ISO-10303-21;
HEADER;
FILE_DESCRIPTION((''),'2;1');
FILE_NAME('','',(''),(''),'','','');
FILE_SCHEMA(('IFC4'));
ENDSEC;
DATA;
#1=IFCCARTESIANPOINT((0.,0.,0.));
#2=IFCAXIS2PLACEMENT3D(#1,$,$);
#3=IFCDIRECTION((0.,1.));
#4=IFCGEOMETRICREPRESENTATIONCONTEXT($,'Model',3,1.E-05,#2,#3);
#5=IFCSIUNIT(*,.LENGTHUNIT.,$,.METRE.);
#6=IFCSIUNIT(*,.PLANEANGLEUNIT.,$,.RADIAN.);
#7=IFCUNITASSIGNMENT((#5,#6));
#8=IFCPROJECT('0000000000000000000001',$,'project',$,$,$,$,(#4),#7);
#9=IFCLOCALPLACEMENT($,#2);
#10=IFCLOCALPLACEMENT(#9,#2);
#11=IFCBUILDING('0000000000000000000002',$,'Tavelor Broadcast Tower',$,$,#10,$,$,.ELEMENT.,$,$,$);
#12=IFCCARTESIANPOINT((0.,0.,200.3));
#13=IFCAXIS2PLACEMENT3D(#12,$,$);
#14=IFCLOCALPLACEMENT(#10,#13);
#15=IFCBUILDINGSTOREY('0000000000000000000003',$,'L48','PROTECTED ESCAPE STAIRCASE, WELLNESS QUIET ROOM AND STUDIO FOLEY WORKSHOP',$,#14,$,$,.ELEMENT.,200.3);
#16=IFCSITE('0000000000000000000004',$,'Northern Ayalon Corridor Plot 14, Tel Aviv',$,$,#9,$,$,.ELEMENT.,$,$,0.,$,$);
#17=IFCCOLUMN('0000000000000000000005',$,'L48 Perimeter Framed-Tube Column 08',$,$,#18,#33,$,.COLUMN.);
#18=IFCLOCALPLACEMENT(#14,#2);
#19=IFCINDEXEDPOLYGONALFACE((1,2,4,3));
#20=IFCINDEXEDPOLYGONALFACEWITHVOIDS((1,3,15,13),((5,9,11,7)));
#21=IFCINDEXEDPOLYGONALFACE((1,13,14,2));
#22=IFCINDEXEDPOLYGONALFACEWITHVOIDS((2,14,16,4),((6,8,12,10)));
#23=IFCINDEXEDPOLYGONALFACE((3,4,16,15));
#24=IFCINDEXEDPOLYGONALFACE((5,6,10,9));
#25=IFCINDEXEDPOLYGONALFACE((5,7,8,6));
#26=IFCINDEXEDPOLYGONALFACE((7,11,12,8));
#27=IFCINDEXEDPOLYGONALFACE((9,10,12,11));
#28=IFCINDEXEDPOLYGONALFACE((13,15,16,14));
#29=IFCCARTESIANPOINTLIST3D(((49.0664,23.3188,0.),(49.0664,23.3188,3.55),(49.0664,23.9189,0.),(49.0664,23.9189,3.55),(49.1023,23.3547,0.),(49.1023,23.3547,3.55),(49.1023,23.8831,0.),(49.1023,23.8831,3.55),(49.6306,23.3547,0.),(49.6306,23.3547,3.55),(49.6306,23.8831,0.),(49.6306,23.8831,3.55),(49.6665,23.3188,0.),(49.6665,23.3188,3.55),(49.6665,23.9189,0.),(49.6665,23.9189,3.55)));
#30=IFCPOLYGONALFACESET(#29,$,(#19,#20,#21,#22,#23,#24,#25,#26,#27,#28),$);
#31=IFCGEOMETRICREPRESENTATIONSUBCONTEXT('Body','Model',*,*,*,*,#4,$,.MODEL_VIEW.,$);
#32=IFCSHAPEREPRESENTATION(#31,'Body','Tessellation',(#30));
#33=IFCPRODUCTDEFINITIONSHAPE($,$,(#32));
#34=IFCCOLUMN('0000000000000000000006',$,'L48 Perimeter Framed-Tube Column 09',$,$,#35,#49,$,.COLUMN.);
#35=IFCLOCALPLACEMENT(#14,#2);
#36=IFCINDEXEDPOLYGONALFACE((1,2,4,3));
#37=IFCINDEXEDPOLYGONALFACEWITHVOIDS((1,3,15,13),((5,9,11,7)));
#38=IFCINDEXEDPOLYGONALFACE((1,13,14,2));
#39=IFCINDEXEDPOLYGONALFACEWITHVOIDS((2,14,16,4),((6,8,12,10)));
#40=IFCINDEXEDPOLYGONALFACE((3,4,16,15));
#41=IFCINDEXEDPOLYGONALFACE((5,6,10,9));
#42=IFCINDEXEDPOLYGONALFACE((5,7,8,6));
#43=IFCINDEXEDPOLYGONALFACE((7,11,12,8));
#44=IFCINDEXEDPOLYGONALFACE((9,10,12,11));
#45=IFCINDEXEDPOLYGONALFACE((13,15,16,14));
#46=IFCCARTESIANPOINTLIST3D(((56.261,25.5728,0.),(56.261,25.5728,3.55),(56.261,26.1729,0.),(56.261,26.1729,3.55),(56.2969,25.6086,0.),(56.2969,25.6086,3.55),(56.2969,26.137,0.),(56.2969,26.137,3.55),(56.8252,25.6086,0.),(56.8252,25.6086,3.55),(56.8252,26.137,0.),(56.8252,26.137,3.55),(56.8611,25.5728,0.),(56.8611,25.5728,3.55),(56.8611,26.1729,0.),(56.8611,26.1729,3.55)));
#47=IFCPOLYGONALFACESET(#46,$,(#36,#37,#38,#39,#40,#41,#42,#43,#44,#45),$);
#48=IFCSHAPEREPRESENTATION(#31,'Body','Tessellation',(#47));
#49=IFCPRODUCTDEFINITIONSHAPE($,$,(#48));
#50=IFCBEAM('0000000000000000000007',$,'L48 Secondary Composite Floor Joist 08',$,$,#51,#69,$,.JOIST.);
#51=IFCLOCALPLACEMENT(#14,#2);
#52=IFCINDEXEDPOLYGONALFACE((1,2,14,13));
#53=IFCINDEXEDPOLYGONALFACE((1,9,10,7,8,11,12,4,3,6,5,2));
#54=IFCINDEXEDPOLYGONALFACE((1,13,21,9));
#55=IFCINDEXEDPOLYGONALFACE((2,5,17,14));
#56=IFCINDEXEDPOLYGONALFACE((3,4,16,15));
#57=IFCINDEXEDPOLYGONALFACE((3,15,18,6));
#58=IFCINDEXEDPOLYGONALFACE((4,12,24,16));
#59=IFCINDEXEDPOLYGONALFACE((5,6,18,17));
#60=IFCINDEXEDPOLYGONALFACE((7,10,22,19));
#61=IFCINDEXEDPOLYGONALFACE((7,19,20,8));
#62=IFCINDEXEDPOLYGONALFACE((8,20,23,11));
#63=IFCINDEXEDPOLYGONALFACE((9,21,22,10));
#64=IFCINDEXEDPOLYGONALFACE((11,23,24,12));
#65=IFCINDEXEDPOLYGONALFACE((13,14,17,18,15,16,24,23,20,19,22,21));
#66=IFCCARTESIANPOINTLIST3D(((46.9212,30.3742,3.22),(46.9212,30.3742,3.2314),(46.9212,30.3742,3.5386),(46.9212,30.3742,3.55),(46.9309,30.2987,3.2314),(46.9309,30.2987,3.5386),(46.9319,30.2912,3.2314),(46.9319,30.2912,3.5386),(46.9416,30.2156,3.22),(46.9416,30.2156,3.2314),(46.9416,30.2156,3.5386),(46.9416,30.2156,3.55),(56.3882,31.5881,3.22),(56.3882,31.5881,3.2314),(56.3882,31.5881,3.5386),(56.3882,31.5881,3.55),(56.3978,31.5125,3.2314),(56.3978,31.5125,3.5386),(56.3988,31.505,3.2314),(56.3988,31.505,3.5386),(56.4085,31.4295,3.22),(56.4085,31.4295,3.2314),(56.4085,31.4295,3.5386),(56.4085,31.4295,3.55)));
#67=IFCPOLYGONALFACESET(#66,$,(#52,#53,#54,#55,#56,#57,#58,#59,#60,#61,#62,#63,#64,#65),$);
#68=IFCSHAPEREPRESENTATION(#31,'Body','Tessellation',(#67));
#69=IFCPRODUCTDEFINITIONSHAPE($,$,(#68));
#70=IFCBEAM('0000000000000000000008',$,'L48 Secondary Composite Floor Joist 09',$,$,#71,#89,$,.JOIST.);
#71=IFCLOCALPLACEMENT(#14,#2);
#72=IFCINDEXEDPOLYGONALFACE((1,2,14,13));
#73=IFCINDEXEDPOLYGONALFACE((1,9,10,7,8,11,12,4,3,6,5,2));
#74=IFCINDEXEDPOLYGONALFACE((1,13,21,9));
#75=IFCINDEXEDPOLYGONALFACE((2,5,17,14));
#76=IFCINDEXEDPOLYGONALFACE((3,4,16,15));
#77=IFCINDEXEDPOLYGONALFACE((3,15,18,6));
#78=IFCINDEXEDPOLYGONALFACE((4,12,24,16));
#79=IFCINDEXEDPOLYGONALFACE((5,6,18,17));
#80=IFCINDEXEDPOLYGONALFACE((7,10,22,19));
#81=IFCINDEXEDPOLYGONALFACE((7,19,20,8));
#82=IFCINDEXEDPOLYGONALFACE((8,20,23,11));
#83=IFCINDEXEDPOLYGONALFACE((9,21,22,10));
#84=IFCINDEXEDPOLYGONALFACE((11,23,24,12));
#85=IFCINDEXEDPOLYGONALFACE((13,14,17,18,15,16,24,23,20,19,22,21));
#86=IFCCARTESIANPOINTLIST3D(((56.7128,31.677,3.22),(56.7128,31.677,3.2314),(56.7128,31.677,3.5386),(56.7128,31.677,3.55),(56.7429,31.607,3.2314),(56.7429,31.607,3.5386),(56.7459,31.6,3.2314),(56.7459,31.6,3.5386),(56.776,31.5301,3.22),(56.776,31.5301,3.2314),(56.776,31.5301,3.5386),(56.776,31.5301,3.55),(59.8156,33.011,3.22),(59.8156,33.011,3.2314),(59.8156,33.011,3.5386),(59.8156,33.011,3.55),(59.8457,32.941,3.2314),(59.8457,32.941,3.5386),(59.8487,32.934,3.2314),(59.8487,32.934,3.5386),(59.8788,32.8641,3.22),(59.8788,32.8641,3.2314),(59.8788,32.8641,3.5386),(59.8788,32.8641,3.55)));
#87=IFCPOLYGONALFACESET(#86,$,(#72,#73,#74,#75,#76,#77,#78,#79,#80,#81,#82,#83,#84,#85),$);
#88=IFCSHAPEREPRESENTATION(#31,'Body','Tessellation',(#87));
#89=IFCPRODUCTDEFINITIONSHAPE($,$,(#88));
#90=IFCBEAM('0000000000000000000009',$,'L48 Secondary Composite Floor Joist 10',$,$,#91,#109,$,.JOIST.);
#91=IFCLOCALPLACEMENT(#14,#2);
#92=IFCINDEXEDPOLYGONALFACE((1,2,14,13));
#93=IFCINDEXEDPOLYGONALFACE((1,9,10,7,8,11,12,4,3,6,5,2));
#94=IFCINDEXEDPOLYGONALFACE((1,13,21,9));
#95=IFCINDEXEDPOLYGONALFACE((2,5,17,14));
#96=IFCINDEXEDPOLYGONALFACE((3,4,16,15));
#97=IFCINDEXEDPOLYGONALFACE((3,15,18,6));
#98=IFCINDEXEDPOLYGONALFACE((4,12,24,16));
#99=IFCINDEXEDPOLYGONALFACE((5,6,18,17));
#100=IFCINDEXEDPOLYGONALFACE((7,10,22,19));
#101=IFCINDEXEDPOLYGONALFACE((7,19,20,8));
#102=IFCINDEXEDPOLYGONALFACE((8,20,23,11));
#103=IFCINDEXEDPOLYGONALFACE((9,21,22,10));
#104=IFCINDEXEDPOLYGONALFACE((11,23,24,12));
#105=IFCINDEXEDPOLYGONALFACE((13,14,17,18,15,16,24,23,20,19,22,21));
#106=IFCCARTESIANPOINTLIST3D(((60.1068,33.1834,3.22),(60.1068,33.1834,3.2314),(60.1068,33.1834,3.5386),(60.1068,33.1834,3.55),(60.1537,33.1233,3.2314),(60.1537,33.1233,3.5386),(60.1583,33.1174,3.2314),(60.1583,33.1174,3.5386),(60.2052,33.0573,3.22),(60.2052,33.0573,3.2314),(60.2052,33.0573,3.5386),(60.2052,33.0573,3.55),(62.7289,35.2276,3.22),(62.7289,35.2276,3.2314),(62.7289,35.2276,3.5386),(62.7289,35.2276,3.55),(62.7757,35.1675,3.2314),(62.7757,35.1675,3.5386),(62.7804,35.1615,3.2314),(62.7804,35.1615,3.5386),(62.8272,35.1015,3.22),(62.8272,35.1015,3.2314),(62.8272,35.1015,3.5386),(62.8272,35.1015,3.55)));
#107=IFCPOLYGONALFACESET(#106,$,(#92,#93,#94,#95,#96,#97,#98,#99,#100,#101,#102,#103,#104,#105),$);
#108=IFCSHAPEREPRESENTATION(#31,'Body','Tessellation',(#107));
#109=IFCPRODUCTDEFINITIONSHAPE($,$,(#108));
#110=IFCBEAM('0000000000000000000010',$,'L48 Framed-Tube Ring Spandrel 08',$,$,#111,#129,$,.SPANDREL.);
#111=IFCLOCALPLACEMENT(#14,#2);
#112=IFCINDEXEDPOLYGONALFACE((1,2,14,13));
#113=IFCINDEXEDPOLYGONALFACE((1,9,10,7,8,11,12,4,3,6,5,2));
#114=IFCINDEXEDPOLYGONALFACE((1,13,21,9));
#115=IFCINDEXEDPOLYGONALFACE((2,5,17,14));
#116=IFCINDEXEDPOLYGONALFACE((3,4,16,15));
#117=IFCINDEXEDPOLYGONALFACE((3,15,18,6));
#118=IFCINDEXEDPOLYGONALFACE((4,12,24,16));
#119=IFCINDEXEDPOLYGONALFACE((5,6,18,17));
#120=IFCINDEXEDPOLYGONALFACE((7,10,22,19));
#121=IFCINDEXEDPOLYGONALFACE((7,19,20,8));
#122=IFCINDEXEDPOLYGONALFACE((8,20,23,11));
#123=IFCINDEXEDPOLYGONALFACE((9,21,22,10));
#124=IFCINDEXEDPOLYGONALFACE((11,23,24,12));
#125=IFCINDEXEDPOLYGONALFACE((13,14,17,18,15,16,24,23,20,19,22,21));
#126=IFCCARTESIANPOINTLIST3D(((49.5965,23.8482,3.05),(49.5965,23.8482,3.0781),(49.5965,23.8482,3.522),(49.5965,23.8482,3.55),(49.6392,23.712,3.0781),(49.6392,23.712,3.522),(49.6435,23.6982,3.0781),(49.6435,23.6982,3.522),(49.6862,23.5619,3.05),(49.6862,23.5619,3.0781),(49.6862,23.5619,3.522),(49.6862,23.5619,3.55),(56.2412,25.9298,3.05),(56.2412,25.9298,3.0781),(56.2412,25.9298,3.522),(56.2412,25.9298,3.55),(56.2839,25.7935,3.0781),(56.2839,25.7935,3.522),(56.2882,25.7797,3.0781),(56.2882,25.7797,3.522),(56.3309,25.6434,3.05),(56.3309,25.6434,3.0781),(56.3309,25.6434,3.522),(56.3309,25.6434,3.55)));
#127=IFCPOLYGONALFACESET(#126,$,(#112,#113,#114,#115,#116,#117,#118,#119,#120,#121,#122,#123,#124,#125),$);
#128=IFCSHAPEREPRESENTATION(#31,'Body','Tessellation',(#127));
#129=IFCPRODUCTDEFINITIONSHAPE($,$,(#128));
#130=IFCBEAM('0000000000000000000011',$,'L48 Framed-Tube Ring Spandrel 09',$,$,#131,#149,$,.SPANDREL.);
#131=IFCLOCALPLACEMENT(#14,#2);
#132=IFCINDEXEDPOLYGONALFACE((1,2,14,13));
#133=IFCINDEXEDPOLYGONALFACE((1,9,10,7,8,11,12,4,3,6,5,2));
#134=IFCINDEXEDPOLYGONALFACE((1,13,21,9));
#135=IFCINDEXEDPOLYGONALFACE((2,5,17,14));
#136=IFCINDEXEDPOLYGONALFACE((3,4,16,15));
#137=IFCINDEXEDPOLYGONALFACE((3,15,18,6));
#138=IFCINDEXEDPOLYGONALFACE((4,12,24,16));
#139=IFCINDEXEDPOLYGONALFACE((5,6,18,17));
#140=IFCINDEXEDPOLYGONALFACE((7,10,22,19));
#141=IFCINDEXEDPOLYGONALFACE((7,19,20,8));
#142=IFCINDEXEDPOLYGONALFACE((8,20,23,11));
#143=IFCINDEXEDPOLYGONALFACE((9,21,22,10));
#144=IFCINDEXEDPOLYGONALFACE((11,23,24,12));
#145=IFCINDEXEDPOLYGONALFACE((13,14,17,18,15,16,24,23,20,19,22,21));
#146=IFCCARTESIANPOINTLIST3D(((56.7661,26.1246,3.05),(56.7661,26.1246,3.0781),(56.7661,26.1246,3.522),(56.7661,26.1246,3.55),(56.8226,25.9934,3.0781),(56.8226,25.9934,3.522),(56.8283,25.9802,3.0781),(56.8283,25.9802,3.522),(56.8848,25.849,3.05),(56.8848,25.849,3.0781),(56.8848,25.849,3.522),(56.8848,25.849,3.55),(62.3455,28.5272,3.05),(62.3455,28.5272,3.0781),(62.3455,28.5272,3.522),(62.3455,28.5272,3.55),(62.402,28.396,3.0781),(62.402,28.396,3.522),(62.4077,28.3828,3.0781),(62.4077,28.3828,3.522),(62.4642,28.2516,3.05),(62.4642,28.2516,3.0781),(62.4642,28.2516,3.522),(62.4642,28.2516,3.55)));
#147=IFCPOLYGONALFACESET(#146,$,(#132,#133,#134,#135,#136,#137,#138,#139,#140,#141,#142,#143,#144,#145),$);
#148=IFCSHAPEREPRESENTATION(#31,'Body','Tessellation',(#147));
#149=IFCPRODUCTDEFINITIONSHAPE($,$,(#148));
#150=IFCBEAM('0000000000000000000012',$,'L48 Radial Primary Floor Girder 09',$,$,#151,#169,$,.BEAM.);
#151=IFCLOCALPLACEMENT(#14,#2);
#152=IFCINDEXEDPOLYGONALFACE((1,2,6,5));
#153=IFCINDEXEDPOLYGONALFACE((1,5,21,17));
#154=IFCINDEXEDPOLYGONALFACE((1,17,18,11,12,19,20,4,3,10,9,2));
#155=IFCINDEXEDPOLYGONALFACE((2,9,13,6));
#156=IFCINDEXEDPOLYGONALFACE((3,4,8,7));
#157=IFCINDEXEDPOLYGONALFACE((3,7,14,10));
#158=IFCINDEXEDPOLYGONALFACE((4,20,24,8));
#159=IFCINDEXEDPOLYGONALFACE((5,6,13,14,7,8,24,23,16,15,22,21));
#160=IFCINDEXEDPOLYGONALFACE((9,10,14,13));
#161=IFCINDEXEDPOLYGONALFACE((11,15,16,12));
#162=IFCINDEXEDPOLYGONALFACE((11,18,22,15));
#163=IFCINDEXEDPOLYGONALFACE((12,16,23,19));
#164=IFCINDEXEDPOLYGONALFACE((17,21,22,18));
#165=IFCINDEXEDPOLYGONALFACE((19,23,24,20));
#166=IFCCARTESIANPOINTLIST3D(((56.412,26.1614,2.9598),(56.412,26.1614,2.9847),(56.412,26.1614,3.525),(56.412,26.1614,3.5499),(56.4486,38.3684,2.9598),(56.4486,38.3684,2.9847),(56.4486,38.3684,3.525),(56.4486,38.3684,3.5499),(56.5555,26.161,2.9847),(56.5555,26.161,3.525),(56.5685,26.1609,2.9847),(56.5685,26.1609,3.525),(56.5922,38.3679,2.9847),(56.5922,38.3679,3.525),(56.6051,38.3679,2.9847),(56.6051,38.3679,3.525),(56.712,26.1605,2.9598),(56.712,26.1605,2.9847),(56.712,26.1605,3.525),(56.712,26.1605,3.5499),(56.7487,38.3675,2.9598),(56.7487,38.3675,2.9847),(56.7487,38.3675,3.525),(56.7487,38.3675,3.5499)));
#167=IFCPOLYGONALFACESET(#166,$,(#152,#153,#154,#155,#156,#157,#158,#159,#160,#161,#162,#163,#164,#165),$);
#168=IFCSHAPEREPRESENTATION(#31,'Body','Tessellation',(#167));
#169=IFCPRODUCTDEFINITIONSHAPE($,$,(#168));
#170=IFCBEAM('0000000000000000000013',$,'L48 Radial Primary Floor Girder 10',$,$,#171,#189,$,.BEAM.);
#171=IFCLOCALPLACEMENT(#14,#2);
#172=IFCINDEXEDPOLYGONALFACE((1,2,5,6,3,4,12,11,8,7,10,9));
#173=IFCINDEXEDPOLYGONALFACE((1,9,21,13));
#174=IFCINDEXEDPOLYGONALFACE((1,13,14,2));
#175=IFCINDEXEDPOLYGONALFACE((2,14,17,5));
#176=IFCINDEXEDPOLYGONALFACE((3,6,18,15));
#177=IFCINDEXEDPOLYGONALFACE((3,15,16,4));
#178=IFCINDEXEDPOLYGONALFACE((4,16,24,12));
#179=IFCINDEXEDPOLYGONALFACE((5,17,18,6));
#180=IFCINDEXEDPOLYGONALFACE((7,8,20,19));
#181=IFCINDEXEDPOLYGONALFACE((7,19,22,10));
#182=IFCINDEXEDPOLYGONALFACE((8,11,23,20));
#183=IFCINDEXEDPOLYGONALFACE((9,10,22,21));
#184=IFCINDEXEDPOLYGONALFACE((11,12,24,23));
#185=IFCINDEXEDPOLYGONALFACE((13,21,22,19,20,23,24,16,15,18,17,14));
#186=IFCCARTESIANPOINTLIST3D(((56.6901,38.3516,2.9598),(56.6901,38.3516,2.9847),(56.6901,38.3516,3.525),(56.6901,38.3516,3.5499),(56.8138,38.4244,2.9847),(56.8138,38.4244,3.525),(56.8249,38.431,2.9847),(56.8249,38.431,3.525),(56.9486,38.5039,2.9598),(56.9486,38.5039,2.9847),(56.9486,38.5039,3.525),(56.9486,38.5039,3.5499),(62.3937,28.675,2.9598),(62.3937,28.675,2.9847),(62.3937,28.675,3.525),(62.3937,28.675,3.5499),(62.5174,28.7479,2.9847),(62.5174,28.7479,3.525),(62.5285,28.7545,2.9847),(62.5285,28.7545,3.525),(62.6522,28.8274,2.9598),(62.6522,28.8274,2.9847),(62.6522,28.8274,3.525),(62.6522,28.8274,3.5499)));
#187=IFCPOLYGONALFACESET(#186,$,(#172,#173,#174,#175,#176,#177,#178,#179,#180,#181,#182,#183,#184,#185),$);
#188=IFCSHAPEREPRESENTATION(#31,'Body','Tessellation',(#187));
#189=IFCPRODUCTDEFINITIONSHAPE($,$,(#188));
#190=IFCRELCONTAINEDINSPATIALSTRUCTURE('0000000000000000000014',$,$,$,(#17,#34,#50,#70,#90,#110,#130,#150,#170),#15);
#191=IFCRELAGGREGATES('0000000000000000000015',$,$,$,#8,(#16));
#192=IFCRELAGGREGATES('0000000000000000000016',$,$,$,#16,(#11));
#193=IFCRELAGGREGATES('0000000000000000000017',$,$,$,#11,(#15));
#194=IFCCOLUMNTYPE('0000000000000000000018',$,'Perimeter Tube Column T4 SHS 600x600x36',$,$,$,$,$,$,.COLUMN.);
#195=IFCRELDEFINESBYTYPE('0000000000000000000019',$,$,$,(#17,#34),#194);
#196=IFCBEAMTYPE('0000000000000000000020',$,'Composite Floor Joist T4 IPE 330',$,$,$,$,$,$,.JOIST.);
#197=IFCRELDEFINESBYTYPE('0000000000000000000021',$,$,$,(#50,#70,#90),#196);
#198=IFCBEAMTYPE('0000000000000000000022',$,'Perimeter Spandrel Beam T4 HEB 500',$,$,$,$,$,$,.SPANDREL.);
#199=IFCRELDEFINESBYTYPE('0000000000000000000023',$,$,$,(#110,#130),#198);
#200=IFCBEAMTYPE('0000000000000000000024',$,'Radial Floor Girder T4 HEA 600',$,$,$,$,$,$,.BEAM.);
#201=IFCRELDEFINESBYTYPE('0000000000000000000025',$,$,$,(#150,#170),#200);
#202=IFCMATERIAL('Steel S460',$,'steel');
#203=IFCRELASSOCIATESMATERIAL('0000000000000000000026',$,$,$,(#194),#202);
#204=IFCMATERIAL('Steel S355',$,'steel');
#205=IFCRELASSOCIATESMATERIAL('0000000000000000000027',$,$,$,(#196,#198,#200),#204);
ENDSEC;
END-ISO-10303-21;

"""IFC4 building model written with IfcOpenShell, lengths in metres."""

from ifc_helpers import new_model, si_unit, direction, frame, origin, origin_2d, place, context, subcontext, project, spatial, hollow_rectangle, i_section, extrude, material, material_profile, profile_set, type_object, element, save


model = new_model("IFC4")

# Units and contexts
model_context = context("Model", 3, precision=1e-05, world=origin(), true_north=direction((0.0, 1.0)))
body_context = subcontext(model_context, "Body", "Model", "MODEL_VIEW")
ifc_project = project(units=[si_unit("LENGTHUNIT", "METRE"), si_unit("PLANEANGLEUNIT", "RADIAN")], contexts=[model_context])

# Site, building, storey
site_placement = place(None, origin())
site = spatial("IfcSite", under=ifc_project, at=site_placement, Name="Northern Ayalon Corridor Plot 14, Tel Aviv", CompositionType="ELEMENT", RefElevation=0.0)
building_placement = place(site_placement, origin())
building = spatial("IfcBuilding", under=site, at=building_placement, Name="Tavelor Broadcast Tower", CompositionType="ELEMENT")
storey_placement = place(building_placement, frame((0.0, 0.0, 200.3)))
storey = spatial("IfcBuildingStorey", under=building, at=storey_placement, Name="L48", Description="PROTECTED ESCAPE STAIRCASE, WELLNESS QUIET ROOM AND STUDIO FOLEY WORKSHOP", CompositionType="ELEMENT", Elevation=200.3)

# Columns
ifc_material_1 = material(Name="Steel S460", Category="steel")
ifc_material_profile_1 = material_profile(ifc_material_1, hollow_rectangle(XDim=0.6001, YDim=0.6001, WallThickness=0.0359, at=origin_2d()), Name="SHS 600x600x36")
ifc_profile_set_1 = profile_set([ifc_material_profile_1], Name="Steel S460")
column_type = type_object("IfcColumnType", Name="Perimeter Tube Column T4 SHS 600x600x36", PredefinedType="COLUMN", material=ifc_profile_set_1)
for number, where, z_axis, x_axis, name in (
    (1, (49.3665, 23.6189, 0.0), (0.0, 0.0, 1.0), (1.0, 0.0, 0.0), "L48 Perimeter Framed-Tube Column 08"),
    (2, (56.561, 25.8728, 0.0), (0.0, 0.0, 1.0), (1.0, 0.0, 0.0), "L48 Perimeter Framed-Tube Column 09"),
):
    element("IfcColumn", number, at=place(storey_placement, frame(where, z_axis=z_axis, x_axis=x_axis)), inside=storey, type_object=column_type, Name=name, PredefinedType="COLUMN", context=body_context, shape_type="SweptSolid", body=[
        extrude(hollow_rectangle(XDim=0.6001, YDim=0.6001, WallThickness=0.0359, at=origin_2d()), origin(), (0.0, 0.0, 1.0), 3.55),
    ])

# Beams
ifc_material_2 = material(Name="Steel S355", Category="steel")
ifc_material_profile_2 = material_profile(ifc_material_2, i_section(OverallWidth=0.1599, OverallDepth=0.3301, WebThickness=0.0076, FlangeThickness=0.0115, at=origin_2d()), Name="IPE 330")
ifc_profile_set_2 = profile_set([ifc_material_profile_2], Name="Steel S355")
beam_type_1 = type_object("IfcBeamType", Name="Composite Floor Joist T4 IPE 330", PredefinedType="JOIST", material=ifc_profile_set_2)
beam_1_placement = place(storey_placement, frame((46.9314, 30.2949, 3.385), z_axis=(0.99188, 0.127179, 0.0), x_axis=(-0.127179, 0.99188, 0.0)))
element("IfcBeam", 3, at=beam_1_placement, inside=storey, type_object=beam_type_1, Name="L48 Secondary Composite Floor Joist 08", PredefinedType="JOIST", context=body_context, shape_type="SweptSolid", body=[
    extrude(i_section(OverallWidth=0.1599, OverallDepth=0.3301, WebThickness=0.0076, FlangeThickness=0.0115, at=origin_2d()), origin(), (0.0, 0.0, 1.0), 9.5444),
])
beam_2_placement = place(storey_placement, frame((56.7444, 31.6035, 3.385), z_axis=(0.918692, 0.394975, 0.0), x_axis=(-0.394975, 0.918692, 0.0)))
element("IfcBeam", 4, at=beam_2_placement, inside=storey, type_object=beam_type_1, Name="L48 Secondary Composite Floor Joist 09", PredefinedType="JOIST", context=body_context, shape_type="SweptSolid", body=[
    extrude(i_section(OverallWidth=0.1599, OverallDepth=0.3301, WebThickness=0.0076, FlangeThickness=0.0115, at=origin_2d()), origin(), (0.0, 0.0, 1.0), 3.3774),
])
beam_3_placement = place(storey_placement, frame((60.156, 33.1204, 3.385), z_axis=(0.788652, 0.61484, 0.0), x_axis=(-0.61484, 0.788652, 0.0)))
element("IfcBeam", 5, at=beam_3_placement, inside=storey, type_object=beam_type_1, Name="L48 Secondary Composite Floor Joist 10", PredefinedType="JOIST", context=body_context, shape_type="SweptSolid", body=[
    extrude(i_section(OverallWidth=0.1599, OverallDepth=0.3301, WebThickness=0.0076, FlangeThickness=0.0115, at=origin_2d()), origin(), (0.0, 0.0, 1.0), 3.3247),
])
ifc_material_profile_3 = material_profile(ifc_material_2, i_section(OverallWidth=0.3, OverallDepth=0.5, WebThickness=0.0144, FlangeThickness=0.0281, at=origin_2d()), Name="HEB 500")
ifc_profile_set_3 = profile_set([ifc_material_profile_3], Name="Steel S355")
beam_type_2 = type_object("IfcBeamType", Name="Perimeter Spandrel Beam T4 HEB 500", PredefinedType="SPANDREL", material=ifc_profile_set_3)
beam_4_placement = place(storey_placement, frame((49.6414, 23.7051, 3.3), z_axis=(0.954273, 0.298936, 0.0), x_axis=(-0.298936, 0.954273, 0.0)))
element("IfcBeam", 6, at=beam_4_placement, inside=storey, type_object=beam_type_2, Name="L48 Framed-Tube Ring Spandrel 08", PredefinedType="SPANDREL", context=body_context, shape_type="SweptSolid", body=[
    extrude(i_section(OverallWidth=0.3, OverallDepth=0.5, WebThickness=0.0144, FlangeThickness=0.0281, at=origin_2d()), origin(), (0.0, 0.0, 1.0), 6.9631),
])
beam_5_placement = place(storey_placement, frame((56.8254, 25.9868, 3.3), z_axis=(0.918462, 0.39551, 0.0), x_axis=(-0.39551, 0.918462, 0.0)))
element("IfcBeam", 7, at=beam_5_placement, inside=storey, type_object=beam_type_2, Name="L48 Framed-Tube Ring Spandrel 09", PredefinedType="SPANDREL", context=body_context, shape_type="SweptSolid", body=[
    extrude(i_section(OverallWidth=0.3, OverallDepth=0.5, WebThickness=0.0144, FlangeThickness=0.0281, at=origin_2d()), origin(), (0.0, 0.0, 1.0), 6.0747),
])
ifc_material_profile_4 = material_profile(ifc_material_2, i_section(OverallWidth=0.3, OverallDepth=0.5901, WebThickness=0.0129, FlangeThickness=0.0249, at=origin_2d()), Name="HEA 600")
ifc_profile_set_4 = profile_set([ifc_material_profile_4], Name="Steel S355")
beam_type_3 = type_object("IfcBeamType", Name="Radial Floor Girder T4 HEA 600", PredefinedType="BEAM", material=ifc_profile_set_4)
beam_6_placement = place(storey_placement, frame((56.5986, 38.3679, 3.2549), z_axis=(-0.003, -0.999996, 0.0), x_axis=(0.999996, -0.003, 0.0)))
element("IfcBeam", 8, at=beam_6_placement, inside=storey, type_object=beam_type_3, Name="L48 Radial Primary Floor Girder 09", PredefinedType="BEAM", context=body_context, shape_type="SweptSolid", body=[
    extrude(i_section(OverallWidth=0.3, OverallDepth=0.5901, WebThickness=0.0129, FlangeThickness=0.0249, at=origin_2d()), origin(), (0.0, 0.0, 1.0), 12.207),
])
beam_7_placement = place(storey_placement, frame((56.8193, 38.4277, 3.2549), z_axis=(0.507784, -0.861485, 0.0), x_axis=(0.861485, 0.507784, 0.0)))
element("IfcBeam", 9, at=beam_7_placement, inside=storey, type_object=beam_type_3, Name="L48 Radial Primary Floor Girder 10", PredefinedType="BEAM", context=body_context, shape_type="SweptSolid", body=[
    extrude(i_section(OverallWidth=0.3, OverallDepth=0.5901, WebThickness=0.0129, FlangeThickness=0.0249, at=origin_2d()), origin(), (0.0, 0.0, 1.0), 11.2324),
])

save(model, "model.ifc")
